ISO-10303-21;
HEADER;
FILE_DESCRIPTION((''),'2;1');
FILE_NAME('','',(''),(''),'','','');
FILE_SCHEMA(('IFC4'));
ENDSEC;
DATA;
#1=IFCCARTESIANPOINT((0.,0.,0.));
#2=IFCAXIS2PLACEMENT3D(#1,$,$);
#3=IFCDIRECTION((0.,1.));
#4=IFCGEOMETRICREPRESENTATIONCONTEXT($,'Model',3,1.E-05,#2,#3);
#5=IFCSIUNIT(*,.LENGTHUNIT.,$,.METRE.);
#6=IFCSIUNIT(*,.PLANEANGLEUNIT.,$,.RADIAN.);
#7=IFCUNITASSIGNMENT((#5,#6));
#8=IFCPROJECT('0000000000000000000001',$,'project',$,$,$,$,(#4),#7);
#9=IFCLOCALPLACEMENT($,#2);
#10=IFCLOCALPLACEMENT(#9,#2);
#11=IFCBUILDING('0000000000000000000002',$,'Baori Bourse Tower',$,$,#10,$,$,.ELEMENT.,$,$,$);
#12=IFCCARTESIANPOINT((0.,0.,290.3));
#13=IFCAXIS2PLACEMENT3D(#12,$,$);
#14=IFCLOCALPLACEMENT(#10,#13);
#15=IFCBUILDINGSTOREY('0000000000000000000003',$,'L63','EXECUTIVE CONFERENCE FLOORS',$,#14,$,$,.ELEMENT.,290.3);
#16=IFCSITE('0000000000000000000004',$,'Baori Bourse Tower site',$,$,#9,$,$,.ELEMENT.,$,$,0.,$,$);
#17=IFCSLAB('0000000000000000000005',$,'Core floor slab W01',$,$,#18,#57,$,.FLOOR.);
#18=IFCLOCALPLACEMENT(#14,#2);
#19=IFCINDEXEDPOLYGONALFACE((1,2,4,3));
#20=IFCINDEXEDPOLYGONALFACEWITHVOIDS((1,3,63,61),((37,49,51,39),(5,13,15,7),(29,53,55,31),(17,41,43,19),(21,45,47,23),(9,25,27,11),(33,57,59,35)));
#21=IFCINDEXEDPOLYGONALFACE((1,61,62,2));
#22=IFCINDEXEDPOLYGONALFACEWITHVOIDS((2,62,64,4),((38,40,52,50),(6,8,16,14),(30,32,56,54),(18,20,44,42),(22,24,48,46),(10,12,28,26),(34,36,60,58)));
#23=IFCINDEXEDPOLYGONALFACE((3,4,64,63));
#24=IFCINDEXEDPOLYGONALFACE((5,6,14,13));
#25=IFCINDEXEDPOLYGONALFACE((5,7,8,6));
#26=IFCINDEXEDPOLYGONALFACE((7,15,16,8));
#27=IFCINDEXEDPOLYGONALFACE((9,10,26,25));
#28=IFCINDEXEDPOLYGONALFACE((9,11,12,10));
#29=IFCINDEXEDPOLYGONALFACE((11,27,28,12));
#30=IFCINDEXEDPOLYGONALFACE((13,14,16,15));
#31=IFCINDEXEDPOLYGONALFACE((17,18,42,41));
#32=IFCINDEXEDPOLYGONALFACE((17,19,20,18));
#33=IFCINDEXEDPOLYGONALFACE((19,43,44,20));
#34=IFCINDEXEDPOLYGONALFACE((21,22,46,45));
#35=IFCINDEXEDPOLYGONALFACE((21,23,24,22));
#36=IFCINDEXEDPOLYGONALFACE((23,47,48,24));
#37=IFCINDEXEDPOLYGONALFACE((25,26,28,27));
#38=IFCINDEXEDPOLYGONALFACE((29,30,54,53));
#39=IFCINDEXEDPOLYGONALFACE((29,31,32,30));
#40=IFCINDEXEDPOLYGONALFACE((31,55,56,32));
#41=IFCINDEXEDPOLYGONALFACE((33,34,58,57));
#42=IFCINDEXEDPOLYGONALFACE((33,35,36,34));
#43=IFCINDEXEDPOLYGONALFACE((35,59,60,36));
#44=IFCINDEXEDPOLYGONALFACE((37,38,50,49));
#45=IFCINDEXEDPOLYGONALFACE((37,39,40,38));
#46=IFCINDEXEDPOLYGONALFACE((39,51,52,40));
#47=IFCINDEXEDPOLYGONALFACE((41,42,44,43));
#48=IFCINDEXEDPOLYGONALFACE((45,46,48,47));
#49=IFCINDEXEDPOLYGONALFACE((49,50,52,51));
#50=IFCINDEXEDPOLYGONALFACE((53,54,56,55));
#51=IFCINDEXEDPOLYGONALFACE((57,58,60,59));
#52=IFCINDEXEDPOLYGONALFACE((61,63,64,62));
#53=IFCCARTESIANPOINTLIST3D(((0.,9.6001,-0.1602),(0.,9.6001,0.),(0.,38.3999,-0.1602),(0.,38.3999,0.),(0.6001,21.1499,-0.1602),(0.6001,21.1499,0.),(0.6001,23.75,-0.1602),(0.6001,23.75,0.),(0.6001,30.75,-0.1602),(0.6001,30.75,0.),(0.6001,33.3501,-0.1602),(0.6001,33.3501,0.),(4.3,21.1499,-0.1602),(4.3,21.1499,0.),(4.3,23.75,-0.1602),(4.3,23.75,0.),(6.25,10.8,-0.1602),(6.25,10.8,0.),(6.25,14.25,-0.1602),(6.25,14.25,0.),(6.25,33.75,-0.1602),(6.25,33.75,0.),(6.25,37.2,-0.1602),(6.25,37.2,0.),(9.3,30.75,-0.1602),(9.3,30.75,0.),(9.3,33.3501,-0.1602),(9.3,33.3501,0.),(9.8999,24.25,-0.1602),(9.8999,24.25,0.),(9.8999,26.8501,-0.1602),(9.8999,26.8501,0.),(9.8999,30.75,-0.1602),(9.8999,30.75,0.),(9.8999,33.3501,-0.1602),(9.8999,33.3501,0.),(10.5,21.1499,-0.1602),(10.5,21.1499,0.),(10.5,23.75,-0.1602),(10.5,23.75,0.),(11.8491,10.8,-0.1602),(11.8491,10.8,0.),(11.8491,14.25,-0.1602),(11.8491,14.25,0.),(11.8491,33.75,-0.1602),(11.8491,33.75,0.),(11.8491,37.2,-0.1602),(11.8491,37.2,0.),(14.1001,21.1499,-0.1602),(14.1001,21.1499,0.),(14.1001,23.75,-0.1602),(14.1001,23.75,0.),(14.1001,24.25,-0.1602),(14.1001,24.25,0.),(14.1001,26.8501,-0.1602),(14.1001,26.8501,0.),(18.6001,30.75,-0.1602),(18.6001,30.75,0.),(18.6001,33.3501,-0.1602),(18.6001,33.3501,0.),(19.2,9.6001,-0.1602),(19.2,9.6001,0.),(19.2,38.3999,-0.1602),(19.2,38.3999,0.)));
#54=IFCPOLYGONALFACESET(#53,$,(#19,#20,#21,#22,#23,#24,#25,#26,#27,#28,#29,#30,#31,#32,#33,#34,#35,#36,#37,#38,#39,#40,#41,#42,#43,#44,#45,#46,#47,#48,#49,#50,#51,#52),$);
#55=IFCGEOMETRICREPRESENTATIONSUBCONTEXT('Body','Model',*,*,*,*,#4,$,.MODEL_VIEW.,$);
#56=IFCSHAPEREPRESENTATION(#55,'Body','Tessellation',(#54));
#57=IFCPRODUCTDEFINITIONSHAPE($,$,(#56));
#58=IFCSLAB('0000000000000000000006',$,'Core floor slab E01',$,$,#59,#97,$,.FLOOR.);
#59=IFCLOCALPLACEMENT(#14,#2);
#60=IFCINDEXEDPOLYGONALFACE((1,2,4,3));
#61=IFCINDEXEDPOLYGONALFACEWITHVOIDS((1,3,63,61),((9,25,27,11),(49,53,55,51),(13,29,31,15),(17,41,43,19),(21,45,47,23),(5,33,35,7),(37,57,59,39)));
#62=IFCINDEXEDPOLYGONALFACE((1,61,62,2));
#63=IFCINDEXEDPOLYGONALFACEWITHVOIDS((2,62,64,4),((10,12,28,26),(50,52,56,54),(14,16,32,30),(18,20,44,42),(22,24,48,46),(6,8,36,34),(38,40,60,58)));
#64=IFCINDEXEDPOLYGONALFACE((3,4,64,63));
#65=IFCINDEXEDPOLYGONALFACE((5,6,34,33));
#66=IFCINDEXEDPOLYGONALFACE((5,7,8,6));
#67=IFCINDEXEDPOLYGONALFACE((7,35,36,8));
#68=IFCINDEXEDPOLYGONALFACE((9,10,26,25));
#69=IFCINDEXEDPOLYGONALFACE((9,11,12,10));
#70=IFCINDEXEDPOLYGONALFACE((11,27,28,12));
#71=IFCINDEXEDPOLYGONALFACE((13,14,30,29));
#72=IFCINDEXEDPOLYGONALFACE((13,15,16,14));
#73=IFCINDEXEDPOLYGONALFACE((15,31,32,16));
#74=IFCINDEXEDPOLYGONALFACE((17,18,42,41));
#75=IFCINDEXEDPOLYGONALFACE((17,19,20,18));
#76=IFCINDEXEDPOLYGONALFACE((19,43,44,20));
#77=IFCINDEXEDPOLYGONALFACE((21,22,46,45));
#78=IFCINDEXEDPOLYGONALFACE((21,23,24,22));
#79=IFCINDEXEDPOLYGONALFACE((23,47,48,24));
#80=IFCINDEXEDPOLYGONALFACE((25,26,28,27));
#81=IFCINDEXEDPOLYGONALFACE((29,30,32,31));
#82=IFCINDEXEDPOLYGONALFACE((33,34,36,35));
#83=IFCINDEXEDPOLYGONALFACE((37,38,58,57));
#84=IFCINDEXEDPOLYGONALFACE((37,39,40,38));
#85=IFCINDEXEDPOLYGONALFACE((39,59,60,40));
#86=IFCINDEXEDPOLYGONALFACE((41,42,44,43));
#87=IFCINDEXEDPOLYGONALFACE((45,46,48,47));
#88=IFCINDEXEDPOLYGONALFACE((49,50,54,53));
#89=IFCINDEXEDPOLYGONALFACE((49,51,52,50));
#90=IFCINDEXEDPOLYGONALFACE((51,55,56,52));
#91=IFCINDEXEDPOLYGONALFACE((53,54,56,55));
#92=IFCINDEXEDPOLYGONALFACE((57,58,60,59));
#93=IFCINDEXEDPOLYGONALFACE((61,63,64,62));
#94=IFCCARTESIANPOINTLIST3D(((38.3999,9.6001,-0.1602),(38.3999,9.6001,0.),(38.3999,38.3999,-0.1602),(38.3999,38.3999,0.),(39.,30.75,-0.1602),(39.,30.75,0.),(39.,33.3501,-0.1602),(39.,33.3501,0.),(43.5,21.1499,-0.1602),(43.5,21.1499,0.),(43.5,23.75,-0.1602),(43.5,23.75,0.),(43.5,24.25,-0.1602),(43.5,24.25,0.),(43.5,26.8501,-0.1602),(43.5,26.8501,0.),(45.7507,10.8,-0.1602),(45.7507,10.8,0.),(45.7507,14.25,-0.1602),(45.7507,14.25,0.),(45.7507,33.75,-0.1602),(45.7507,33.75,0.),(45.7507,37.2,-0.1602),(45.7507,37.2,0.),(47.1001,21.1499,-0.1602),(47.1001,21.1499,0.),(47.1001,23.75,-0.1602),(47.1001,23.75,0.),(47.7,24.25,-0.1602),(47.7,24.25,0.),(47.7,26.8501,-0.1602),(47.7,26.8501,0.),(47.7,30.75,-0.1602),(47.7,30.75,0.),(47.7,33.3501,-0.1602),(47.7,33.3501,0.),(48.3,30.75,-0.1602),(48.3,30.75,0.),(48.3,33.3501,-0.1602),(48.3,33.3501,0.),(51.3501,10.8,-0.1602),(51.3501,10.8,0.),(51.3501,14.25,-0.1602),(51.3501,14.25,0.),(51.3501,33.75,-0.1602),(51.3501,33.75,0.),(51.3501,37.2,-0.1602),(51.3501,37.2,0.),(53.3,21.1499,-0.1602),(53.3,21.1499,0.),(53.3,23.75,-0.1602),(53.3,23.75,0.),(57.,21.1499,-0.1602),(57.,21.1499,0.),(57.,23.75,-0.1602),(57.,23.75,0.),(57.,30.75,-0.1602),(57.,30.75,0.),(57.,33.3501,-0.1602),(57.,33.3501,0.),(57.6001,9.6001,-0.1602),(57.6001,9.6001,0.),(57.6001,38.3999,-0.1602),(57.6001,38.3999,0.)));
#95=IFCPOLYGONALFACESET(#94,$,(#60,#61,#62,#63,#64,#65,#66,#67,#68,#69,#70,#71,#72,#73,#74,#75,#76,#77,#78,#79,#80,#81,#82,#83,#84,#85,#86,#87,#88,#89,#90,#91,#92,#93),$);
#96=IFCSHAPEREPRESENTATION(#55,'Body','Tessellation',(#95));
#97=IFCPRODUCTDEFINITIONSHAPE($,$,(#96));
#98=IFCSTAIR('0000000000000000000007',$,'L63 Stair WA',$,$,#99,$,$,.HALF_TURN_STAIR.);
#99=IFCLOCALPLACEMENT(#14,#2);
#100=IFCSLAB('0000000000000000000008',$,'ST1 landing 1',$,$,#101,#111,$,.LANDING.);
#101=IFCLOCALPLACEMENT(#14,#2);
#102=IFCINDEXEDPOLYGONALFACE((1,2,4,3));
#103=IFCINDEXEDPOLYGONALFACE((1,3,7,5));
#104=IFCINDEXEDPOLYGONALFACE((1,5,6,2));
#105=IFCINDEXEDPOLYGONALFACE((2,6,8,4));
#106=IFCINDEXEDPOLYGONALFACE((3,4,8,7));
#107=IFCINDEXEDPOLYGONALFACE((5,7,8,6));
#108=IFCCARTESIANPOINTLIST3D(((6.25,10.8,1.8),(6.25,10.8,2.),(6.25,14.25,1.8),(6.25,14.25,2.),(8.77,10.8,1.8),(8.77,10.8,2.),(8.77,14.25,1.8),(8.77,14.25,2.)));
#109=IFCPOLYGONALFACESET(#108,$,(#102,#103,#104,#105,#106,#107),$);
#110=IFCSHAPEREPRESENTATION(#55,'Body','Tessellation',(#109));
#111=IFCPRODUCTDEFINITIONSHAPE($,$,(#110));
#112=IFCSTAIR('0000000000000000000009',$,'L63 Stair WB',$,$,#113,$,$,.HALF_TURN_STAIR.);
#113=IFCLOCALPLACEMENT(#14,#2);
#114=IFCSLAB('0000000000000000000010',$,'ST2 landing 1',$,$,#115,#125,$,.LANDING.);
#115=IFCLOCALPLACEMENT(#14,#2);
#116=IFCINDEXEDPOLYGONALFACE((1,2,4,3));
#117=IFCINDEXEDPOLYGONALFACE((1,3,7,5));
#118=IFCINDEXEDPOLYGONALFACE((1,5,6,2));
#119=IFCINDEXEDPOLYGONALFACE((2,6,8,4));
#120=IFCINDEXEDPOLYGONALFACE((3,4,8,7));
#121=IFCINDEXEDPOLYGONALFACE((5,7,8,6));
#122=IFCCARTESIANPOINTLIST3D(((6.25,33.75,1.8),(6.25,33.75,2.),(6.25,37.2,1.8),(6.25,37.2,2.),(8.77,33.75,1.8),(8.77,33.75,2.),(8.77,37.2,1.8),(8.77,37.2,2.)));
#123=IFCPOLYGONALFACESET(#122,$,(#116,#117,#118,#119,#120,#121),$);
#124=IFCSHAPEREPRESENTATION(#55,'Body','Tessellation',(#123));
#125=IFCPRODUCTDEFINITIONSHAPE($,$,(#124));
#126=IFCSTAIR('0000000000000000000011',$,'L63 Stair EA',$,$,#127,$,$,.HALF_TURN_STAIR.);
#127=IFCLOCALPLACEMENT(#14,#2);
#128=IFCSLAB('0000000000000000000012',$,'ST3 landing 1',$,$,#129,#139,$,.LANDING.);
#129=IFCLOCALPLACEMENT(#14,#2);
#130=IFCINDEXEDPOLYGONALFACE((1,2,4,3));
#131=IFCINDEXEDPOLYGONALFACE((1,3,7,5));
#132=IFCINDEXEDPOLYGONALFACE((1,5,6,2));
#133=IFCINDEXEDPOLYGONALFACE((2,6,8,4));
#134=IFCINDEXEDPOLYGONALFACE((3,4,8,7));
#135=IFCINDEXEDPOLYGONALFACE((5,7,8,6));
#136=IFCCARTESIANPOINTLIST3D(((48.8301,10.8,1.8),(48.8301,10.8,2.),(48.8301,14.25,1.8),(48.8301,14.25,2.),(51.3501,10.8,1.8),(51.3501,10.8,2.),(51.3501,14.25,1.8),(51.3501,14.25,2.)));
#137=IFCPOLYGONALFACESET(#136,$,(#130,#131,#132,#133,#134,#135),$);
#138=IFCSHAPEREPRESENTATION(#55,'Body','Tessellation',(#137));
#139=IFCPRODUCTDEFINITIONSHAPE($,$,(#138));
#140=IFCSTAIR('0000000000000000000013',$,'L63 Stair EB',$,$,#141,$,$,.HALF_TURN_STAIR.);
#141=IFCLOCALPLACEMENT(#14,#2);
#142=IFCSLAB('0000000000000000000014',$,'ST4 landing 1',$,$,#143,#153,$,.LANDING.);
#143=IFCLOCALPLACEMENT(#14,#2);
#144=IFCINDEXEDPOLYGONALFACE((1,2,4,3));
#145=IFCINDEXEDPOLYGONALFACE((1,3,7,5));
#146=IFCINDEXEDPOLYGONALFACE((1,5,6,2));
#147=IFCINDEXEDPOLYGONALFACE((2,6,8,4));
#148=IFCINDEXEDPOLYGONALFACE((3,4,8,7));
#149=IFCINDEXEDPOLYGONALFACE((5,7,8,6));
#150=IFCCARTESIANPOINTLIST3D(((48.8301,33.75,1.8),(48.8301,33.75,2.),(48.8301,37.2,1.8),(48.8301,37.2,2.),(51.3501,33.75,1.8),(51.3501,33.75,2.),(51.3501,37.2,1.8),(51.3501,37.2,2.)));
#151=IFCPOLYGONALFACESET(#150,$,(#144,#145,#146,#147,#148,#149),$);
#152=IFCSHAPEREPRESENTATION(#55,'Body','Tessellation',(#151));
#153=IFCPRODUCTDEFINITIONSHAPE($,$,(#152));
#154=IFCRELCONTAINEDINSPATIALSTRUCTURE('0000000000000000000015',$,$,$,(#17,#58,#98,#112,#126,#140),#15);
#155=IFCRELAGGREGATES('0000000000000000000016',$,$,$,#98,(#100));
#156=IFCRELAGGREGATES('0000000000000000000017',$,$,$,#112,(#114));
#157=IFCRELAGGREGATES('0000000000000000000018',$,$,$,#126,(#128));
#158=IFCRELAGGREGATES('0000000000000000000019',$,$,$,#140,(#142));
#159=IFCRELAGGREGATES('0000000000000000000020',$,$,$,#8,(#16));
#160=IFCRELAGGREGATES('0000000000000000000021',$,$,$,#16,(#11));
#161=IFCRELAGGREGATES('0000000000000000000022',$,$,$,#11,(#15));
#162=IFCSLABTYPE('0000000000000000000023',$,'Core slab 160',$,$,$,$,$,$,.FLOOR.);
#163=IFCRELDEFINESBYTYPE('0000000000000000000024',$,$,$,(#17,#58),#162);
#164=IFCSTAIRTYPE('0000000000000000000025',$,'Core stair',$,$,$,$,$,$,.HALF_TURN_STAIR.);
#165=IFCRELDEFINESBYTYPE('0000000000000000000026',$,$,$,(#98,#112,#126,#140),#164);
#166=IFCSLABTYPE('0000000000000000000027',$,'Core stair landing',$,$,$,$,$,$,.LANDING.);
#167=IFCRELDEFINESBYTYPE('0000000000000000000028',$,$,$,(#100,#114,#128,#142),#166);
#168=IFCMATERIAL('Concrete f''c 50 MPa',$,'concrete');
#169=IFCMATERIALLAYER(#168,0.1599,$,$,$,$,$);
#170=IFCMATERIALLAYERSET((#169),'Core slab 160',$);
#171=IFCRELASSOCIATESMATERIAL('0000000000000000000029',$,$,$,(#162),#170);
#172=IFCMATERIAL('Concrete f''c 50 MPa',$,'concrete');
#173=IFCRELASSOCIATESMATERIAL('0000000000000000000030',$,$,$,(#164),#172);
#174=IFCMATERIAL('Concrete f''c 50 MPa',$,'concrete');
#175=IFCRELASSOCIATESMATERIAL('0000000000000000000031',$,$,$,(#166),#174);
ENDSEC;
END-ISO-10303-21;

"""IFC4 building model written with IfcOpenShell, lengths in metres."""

from ifc_helpers import new_model, si_unit, direction, frame, origin, place, context, subcontext, project, spatial, polyline, outline, extrude, material, layer, layer_set, type_object, element, aggregate, save


model = new_model("IFC4")

# Units and contexts
model_context = context("Model", 3, precision=1e-05, world=origin(), true_north=direction((0.0, 1.0)))
body_context = subcontext(model_context, "Body", "Model", "MODEL_VIEW")
ifc_project = project(units=[si_unit("LENGTHUNIT", "METRE"), si_unit("PLANEANGLEUNIT", "RADIAN")], contexts=[model_context])

# Site, building, storey
site_placement = place(None, origin())
site = spatial("IfcSite", under=ifc_project, at=site_placement, Name="Baori Bourse Tower site", CompositionType="ELEMENT", RefElevation=0.0)
building_placement = place(site_placement, origin())
building = spatial("IfcBuilding", under=site, at=building_placement, Name="Baori Bourse Tower", CompositionType="ELEMENT")
storey_placement = place(building_placement, frame((0.0, 0.0, 290.3)))
storey = spatial("IfcBuildingStorey", under=building, at=storey_placement, Name="L63", Description="EXECUTIVE CONFERENCE FLOORS", CompositionType="ELEMENT", Elevation=290.3)

# Slabs
ifc_material_1 = material(Name="Concrete f'c 50 MPa", Category="concrete")
ifc_layer_1 = layer(ifc_material_1, 0.1599)
ifc_layer_set_1 = layer_set([ifc_layer_1], Name="Core slab 160")
slab_type_1 = type_object("IfcSlabType", Name="Core slab 160", PredefinedType="FLOOR", material=ifc_layer_set_1)
slab_1_placement = place(storey_placement, frame((0.0, 0.0, -0.1602)))
element("IfcSlab", 1, at=slab_1_placement, inside=storey, type_object=slab_type_1, Name="Core floor slab W01", PredefinedType="FLOOR", context=body_context, shape_type="SweptSolid", body=[
    extrude(outline(polyline([(19.2, 38.3999), (0.0, 38.3999), (0.0, 9.6001), (19.2, 9.6001), (19.2, 38.3999)]), holes=[polyline([(9.8999, 33.3501), (18.6001, 33.3501), (18.6001, 30.75), (9.8999, 30.75), (9.8999, 33.3501)]), polyline([(10.5, 21.1499), (10.5, 23.75), (14.1001, 23.75), (14.1001, 21.1499), (10.5, 21.1499)]), polyline([(14.1001, 24.25), (9.8999, 24.25), (9.8999, 26.8501), (14.1001, 26.8501), (14.1001, 24.25)]), polyline([(6.25, 14.25), (11.8491, 14.25), (11.8491, 10.8), (6.25, 10.8), (6.25, 14.25)]), polyline([(11.8491, 37.2), (11.8491, 33.75), (6.25, 33.75), (6.25, 37.2), (11.8491, 37.2)]), polyline([(0.6001, 30.75), (0.6001, 33.3501), (9.3, 33.3501), (9.3, 30.75), (0.6001, 30.75)]), polyline([(4.3, 23.75), (4.3, 21.1499), (0.6001, 21.1499), (0.6001, 23.75), (4.3, 23.75)])]), origin(), (0.0, 0.0, 1.0), 0.1602),
])
slab_2_placement = place(storey_placement, frame((0.0, 0.0, -0.1602)))
element("IfcSlab", 2, at=slab_2_placement, inside=storey, type_object=slab_type_1, Name="Core floor slab E01", PredefinedType="FLOOR", context=body_context, shape_type="SweptSolid", body=[
    extrude(outline(polyline([(57.6001, 9.6001), (57.6001, 38.3999), (38.3999, 38.3999), (38.3999, 9.6001), (57.6001, 9.6001)]), holes=[polyline([(48.3, 33.3501), (57.0, 33.3501), (57.0, 30.75), (48.3, 30.75), (48.3, 33.3501)]), polyline([(57.0, 21.1499), (53.3, 21.1499), (53.3, 23.75), (57.0, 23.75), (57.0, 21.1499)]), polyline([(45.7507, 14.25), (51.3501, 14.25), (51.3501, 10.8), (45.7507, 10.8), (45.7507, 14.25)]), polyline([(51.3501, 37.2), (51.3501, 33.75), (45.7507, 33.75), (45.7507, 37.2), (51.3501, 37.2)]), polyline([(43.5, 24.25), (43.5, 26.8501), (47.7, 26.8501), (47.7, 24.25), (43.5, 24.25)]), polyline([(47.7, 33.3501), (47.7, 30.75), (39.0, 30.75), (39.0, 33.3501), (47.7, 33.3501)]), polyline([(43.5, 23.75), (47.1001, 23.75), (47.1001, 21.1499), (43.5, 21.1499), (43.5, 23.75)])]), origin(), (0.0, 0.0, 1.0), 0.1602),
])

# Stairs, slabs
ifc_material_2 = material(Name="Concrete f'c 50 MPa", Category="concrete")
stair_type = type_object("IfcStairType", Name="Core stair", PredefinedType="HALF_TURN_STAIR", material=ifc_material_2)
stair_1_placement = place(storey_placement, origin())
stair_1 = element("IfcStair", 3, at=stair_1_placement, inside=storey, type_object=stair_type, Name="L63 Stair WA", PredefinedType="HALF_TURN_STAIR")
ifc_material_3 = material(Name="Concrete f'c 50 MPa", Category="concrete")
slab_type_2 = type_object("IfcSlabType", Name="Core stair landing", PredefinedType="LANDING", material=ifc_material_3)
slab_3_placement = place(storey_placement, frame((0.0, 0.0, 1.8)))
slab_3 = element("IfcSlab", 4, at=slab_3_placement, type_object=slab_type_2, Name="ST1 landing 1", PredefinedType="LANDING", context=body_context, shape_type="SweptSolid", body=[
    extrude(outline(polyline([(8.77, 14.25), (6.25, 14.25), (6.25, 10.8), (8.77, 10.8), (8.77, 14.25)])), origin(), (0.0, 0.0, 1.0), 0.2),
])
aggregate(stair_1, [slab_3])
stair_2_placement = place(storey_placement, origin())
stair_2 = element("IfcStair", 5, at=stair_2_placement, inside=storey, type_object=stair_type, Name="L63 Stair WB", PredefinedType="HALF_TURN_STAIR")
slab_4_placement = place(storey_placement, frame((0.0, 0.0, 1.8)))
slab_4 = element("IfcSlab", 6, at=slab_4_placement, type_object=slab_type_2, Name="ST2 landing 1", PredefinedType="LANDING", context=body_context, shape_type="SweptSolid", body=[
    extrude(outline(polyline([(8.77, 37.2), (6.25, 37.2), (6.25, 33.75), (8.77, 33.75), (8.77, 37.2)])), origin(), (0.0, 0.0, 1.0), 0.2),
])
aggregate(stair_2, [slab_4])
stair_3_placement = place(storey_placement, origin())
stair_3 = element("IfcStair", 7, at=stair_3_placement, inside=storey, type_object=stair_type, Name="L63 Stair EA", PredefinedType="HALF_TURN_STAIR")
slab_5_placement = place(storey_placement, frame((0.0, 0.0, 1.8)))
slab_5 = element("IfcSlab", 8, at=slab_5_placement, type_object=slab_type_2, Name="ST3 landing 1", PredefinedType="LANDING", context=body_context, shape_type="SweptSolid", body=[
    extrude(outline(polyline([(48.8301, 10.8), (51.3501, 10.8), (51.3501, 14.25), (48.8301, 14.25), (48.8301, 10.8)])), origin(), (0.0, 0.0, 1.0), 0.2),
])
aggregate(stair_3, [slab_5])
stair_4_placement = place(storey_placement, origin())
stair_4 = element("IfcStair", 9, at=stair_4_placement, inside=storey, type_object=stair_type, Name="L63 Stair EB", PredefinedType="HALF_TURN_STAIR")
slab_6_placement = place(storey_placement, frame((0.0, 0.0, 1.8)))
slab_6 = element("IfcSlab", 10, at=slab_6_placement, type_object=slab_type_2, Name="ST4 landing 1", PredefinedType="LANDING", context=body_context, shape_type="SweptSolid", body=[
    extrude(outline(polyline([(48.8301, 33.75), (51.3501, 33.75), (51.3501, 37.2), (48.8301, 37.2), (48.8301, 33.75)])), origin(), (0.0, 0.0, 1.0), 0.2),
])
aggregate(stair_4, [slab_6])

save(model, "model.ifc")
